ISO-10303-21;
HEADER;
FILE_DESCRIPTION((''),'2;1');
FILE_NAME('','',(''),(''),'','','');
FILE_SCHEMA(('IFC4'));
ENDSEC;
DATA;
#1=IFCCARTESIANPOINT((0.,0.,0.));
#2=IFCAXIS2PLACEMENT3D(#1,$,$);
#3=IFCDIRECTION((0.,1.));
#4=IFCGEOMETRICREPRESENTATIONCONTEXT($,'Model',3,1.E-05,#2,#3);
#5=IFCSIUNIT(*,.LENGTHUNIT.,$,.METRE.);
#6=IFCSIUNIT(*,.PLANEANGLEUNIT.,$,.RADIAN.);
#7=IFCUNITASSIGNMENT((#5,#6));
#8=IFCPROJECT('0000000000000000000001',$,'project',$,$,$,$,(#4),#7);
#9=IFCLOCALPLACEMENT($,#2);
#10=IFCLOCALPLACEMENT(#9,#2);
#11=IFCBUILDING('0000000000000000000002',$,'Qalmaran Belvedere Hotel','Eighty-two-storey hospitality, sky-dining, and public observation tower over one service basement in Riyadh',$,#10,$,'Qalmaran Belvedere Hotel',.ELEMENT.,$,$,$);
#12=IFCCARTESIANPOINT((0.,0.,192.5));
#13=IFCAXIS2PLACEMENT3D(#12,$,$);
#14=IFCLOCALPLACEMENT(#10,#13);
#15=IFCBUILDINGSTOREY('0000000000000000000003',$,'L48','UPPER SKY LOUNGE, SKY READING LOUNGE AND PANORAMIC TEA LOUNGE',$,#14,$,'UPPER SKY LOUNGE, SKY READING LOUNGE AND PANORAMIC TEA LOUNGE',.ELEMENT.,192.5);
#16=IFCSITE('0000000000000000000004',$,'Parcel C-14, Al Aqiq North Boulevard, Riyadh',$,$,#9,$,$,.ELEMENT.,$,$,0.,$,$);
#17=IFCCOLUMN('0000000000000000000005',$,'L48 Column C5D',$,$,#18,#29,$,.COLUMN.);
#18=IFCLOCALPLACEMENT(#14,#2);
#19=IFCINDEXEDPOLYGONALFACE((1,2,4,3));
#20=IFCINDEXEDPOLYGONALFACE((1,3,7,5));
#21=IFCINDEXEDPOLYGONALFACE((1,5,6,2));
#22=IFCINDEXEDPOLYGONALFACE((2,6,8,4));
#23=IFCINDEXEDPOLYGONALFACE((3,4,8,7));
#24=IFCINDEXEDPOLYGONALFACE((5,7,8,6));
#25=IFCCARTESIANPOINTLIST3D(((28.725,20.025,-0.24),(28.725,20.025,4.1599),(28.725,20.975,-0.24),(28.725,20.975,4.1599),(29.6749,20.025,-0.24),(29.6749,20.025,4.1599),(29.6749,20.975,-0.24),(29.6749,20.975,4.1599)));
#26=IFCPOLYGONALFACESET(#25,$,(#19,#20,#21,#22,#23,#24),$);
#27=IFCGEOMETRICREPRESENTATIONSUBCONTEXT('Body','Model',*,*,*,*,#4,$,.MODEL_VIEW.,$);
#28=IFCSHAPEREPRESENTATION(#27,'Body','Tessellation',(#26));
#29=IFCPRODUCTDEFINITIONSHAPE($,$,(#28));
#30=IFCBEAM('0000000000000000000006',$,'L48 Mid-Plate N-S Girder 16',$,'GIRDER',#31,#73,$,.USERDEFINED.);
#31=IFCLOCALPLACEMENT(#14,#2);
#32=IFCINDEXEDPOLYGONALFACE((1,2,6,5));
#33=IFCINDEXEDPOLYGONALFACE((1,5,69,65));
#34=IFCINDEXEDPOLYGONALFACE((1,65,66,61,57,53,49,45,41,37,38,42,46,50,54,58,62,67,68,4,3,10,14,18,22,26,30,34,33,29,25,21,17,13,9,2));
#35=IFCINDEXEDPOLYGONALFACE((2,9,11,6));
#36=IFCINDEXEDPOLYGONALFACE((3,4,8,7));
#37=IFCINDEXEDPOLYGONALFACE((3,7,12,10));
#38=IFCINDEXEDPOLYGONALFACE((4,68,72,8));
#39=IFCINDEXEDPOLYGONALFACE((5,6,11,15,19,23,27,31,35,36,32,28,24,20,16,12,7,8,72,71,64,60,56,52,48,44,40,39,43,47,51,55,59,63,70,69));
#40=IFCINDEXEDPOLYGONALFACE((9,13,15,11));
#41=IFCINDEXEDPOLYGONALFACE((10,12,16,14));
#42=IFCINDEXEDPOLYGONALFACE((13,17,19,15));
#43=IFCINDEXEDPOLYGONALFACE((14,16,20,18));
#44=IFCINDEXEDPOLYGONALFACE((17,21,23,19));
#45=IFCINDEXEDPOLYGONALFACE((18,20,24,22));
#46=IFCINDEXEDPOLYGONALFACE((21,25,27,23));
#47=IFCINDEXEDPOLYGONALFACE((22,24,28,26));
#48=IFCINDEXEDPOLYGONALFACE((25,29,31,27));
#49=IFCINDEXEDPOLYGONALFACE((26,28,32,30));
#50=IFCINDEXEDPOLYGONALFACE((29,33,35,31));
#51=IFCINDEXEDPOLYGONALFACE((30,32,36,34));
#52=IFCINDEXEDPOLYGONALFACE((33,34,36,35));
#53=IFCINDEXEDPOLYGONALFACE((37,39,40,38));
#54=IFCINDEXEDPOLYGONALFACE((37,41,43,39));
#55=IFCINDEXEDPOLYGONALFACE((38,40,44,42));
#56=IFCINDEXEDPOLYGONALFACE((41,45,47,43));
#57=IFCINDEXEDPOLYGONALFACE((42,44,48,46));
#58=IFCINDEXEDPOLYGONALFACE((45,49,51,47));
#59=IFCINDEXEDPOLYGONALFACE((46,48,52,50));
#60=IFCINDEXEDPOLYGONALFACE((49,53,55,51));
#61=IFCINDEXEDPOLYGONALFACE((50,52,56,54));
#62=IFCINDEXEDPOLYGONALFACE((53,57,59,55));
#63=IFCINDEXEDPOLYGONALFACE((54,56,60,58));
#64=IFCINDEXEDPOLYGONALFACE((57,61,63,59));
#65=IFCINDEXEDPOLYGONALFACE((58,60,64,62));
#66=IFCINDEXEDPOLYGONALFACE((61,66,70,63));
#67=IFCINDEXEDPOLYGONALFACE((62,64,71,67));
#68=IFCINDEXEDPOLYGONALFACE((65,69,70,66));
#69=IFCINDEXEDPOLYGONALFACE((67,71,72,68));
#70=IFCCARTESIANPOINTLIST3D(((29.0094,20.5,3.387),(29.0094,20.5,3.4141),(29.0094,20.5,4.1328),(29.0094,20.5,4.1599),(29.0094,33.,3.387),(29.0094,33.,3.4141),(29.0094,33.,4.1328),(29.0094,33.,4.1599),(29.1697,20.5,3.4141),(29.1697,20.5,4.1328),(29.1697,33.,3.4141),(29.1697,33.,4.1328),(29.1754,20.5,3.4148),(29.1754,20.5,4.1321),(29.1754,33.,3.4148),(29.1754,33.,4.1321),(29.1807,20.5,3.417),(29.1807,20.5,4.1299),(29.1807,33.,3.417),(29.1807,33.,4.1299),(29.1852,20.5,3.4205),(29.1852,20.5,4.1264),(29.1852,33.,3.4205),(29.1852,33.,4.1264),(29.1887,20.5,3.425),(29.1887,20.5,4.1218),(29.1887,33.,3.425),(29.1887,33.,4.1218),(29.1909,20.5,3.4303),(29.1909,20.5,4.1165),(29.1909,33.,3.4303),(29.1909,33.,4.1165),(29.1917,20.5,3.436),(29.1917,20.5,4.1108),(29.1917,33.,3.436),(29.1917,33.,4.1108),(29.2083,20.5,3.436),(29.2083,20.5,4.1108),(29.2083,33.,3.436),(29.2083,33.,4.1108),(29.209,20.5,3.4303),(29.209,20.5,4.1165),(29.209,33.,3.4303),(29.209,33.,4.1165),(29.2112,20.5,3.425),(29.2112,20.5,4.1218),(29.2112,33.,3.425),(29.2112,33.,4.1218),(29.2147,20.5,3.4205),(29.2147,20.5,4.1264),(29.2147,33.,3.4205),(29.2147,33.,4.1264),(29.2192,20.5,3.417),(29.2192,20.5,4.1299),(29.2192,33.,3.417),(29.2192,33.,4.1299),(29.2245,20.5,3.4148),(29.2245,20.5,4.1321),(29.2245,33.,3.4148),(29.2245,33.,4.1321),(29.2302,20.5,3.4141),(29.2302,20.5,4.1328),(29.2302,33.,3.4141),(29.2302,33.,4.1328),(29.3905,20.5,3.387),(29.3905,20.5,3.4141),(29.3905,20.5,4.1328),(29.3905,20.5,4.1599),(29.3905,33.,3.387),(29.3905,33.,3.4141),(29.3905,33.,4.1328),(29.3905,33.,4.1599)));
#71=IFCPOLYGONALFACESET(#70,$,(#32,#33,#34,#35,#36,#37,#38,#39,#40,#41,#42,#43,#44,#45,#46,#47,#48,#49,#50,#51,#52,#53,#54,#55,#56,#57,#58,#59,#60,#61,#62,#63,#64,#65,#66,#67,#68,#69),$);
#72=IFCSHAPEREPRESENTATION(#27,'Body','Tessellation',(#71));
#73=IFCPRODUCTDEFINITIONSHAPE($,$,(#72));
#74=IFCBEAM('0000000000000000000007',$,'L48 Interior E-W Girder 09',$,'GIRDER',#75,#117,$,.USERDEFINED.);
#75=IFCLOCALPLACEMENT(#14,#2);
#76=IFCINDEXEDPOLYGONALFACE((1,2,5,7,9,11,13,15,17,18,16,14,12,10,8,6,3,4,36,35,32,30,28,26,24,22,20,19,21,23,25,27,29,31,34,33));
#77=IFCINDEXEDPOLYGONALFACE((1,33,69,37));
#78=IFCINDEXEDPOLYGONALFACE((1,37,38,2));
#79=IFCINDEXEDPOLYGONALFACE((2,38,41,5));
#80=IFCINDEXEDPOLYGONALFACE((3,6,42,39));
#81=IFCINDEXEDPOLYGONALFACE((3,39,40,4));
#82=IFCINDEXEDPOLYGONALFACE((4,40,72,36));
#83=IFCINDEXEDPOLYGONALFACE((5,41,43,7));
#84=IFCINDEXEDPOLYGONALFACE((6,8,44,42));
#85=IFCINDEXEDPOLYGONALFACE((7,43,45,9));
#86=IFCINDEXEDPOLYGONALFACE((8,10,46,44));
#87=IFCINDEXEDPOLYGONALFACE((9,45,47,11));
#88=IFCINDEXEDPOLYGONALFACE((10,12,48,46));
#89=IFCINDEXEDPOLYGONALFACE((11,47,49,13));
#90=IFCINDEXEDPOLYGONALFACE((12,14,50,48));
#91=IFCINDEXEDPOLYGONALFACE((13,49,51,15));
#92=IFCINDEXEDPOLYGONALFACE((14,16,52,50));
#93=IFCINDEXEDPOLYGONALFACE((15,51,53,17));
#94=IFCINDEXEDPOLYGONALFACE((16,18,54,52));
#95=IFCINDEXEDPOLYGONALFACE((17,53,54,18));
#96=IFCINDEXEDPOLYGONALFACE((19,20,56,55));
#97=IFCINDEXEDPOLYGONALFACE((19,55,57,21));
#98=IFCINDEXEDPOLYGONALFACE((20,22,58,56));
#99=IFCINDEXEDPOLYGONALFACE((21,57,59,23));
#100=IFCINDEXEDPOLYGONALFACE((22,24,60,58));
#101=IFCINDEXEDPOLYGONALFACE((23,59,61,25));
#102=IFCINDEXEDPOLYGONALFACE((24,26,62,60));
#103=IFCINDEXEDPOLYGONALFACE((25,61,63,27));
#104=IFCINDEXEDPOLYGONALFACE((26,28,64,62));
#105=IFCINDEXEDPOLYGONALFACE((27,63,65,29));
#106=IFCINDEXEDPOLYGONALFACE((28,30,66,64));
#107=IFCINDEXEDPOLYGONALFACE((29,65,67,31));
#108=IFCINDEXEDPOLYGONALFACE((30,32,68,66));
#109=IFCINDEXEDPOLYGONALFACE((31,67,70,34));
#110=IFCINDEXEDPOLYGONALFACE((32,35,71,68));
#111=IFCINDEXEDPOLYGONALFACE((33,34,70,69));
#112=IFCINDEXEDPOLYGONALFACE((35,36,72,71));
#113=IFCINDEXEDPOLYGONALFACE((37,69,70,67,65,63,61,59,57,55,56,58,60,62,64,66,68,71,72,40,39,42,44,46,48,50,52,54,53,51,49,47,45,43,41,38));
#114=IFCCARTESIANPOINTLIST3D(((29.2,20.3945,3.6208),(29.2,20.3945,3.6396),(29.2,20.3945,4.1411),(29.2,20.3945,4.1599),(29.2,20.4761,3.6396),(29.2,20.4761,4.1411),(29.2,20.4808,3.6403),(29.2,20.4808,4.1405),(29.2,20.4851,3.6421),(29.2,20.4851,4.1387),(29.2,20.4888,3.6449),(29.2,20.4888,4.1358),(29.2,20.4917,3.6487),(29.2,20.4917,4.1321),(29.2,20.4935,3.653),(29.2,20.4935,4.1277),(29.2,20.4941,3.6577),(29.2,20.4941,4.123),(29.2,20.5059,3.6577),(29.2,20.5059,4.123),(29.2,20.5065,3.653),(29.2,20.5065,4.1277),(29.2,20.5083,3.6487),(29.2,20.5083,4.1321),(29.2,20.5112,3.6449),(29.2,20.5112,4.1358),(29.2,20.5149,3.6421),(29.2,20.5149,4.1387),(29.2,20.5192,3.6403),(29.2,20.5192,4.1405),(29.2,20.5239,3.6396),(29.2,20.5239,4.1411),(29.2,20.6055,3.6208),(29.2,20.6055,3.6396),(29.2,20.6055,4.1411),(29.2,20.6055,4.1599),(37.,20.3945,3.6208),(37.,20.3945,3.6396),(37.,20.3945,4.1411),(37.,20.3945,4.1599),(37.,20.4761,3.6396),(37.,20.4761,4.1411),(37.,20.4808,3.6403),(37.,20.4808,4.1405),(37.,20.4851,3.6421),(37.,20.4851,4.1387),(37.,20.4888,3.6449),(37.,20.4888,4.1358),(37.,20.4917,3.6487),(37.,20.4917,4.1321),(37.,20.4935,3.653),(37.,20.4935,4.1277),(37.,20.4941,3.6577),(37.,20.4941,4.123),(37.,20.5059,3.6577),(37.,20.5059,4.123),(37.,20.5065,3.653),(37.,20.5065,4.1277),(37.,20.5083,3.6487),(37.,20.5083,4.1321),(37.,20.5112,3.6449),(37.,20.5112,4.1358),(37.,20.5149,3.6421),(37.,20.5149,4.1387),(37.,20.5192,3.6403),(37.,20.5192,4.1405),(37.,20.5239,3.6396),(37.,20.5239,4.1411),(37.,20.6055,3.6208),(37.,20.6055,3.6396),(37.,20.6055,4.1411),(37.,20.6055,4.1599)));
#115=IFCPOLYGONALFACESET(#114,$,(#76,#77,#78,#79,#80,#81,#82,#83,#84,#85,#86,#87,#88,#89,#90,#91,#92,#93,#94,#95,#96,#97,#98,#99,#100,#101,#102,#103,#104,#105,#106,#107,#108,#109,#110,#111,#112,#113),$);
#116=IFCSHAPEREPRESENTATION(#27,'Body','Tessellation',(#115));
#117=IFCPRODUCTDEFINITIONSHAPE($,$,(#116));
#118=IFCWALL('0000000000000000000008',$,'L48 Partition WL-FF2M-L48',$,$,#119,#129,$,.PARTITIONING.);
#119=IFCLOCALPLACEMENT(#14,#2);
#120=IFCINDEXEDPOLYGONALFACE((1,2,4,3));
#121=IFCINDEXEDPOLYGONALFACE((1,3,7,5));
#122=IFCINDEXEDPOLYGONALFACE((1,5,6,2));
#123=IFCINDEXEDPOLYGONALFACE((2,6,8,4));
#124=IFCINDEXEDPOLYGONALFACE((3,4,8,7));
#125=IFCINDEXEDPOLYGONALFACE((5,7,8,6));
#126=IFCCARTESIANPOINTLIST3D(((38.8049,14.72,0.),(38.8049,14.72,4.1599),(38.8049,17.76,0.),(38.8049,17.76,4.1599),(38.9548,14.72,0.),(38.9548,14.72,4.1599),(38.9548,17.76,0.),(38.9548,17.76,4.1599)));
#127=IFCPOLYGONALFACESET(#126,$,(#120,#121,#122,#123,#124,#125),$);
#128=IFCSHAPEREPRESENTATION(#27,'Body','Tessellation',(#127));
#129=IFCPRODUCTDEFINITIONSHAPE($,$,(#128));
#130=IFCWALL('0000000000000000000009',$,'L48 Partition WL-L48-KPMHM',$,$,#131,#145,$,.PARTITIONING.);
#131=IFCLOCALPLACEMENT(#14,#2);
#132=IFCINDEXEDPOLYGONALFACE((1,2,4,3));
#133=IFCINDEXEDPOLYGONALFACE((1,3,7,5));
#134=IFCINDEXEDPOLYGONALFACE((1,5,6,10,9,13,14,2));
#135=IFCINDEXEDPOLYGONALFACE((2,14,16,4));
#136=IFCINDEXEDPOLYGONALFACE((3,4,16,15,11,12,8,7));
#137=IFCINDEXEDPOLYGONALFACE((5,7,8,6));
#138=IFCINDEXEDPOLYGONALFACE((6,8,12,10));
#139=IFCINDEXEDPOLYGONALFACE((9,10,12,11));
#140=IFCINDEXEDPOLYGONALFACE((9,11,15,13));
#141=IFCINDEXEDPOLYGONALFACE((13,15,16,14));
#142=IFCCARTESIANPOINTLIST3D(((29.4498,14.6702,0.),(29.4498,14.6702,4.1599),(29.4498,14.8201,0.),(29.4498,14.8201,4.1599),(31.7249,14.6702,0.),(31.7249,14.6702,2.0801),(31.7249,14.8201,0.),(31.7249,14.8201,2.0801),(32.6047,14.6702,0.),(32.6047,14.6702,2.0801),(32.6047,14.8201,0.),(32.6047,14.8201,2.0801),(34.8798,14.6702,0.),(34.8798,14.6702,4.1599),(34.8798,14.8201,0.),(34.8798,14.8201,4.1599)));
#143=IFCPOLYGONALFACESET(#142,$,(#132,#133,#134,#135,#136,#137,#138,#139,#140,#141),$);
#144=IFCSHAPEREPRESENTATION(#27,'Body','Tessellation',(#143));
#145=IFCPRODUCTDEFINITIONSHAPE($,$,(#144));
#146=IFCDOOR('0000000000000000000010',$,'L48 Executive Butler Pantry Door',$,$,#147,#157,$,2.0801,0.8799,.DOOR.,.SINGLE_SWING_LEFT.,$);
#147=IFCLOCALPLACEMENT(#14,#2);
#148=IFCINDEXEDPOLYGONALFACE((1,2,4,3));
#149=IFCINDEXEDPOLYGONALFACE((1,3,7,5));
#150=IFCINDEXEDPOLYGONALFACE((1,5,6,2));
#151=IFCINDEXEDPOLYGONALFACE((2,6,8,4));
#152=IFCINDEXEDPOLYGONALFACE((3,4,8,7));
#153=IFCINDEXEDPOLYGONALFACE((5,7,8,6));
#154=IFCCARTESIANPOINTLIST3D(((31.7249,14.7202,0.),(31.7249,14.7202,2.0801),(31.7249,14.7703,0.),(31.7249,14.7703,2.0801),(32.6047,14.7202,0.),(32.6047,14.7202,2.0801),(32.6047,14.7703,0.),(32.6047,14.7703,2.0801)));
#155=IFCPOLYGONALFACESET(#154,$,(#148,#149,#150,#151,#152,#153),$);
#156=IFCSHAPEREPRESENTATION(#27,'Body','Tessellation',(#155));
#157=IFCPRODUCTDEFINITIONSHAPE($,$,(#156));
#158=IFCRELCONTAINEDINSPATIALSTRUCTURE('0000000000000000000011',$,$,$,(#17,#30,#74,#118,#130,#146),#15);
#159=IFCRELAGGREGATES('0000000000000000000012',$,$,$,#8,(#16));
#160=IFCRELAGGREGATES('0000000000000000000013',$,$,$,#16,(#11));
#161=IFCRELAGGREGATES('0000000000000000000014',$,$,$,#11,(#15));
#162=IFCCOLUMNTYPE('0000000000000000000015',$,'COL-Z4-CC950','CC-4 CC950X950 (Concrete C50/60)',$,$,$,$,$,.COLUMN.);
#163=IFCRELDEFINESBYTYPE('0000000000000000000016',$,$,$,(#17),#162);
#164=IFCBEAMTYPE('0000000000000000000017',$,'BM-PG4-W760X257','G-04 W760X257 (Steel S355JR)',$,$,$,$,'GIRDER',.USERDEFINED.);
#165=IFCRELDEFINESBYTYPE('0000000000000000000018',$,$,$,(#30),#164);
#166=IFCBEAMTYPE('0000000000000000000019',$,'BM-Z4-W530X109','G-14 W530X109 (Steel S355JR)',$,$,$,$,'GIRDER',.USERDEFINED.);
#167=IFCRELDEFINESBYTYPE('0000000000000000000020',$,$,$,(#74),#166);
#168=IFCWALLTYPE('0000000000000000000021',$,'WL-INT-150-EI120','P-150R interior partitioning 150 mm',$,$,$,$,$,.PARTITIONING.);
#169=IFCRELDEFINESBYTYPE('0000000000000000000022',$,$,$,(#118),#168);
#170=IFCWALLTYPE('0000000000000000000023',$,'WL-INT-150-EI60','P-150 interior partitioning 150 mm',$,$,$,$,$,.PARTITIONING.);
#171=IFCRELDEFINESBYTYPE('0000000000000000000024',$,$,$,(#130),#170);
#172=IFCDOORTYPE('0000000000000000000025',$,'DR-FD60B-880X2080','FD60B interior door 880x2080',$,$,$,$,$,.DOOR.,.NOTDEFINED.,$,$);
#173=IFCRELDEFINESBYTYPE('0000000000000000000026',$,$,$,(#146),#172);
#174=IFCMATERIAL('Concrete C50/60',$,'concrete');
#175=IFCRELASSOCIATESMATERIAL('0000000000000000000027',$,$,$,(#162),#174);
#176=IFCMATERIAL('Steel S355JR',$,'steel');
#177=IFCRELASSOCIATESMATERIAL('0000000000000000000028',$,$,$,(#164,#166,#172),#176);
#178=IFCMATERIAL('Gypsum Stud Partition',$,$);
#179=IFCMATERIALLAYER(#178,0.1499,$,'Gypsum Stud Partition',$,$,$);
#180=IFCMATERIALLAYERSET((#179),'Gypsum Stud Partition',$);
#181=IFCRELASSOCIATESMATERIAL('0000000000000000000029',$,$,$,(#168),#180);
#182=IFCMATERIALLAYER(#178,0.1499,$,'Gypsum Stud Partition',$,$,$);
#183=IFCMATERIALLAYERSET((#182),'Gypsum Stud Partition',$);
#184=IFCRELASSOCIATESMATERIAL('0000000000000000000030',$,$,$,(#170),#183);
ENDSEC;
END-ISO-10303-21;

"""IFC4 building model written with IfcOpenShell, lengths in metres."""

from ifc_helpers import new_model, si_unit, direction, frame, frame_2d, origin, origin_2d, place, context, subcontext, project, spatial, rectangle, i_section, extrude, material, layer, layer_set, material_profile, profile_set, type_object, element, fill, save


model = new_model("IFC4")

# Units and contexts
model_context = context("Model", 3, precision=1e-05, world=origin(), true_north=direction((0.0, 1.0)))
body_context = subcontext(model_context, "Body", "Model", "MODEL_VIEW")
ifc_project = project(units=[si_unit("LENGTHUNIT", "METRE"), si_unit("PLANEANGLEUNIT", "RADIAN")], contexts=[model_context])

# Site, building, storey
site_placement = place(None, origin())
site = spatial("IfcSite", under=ifc_project, at=site_placement, Name="Parcel C-14, Al Aqiq North Boulevard, Riyadh", CompositionType="ELEMENT", RefElevation=0.0)
building_placement = place(site_placement, origin())
building = spatial("IfcBuilding", under=site, at=building_placement, Name="Qalmaran Belvedere Hotel", Description="Eighty-two-storey hospitality, sky-dining, and public observation tower over one service basement in Riyadh", LongName="Qalmaran Belvedere Hotel", CompositionType="ELEMENT")
storey_placement = place(building_placement, frame((0.0, 0.0, 192.5)))
storey = spatial("IfcBuildingStorey", under=building, at=storey_placement, Name="L48", Description="UPPER SKY LOUNGE, SKY READING LOUNGE AND PANORAMIC TEA LOUNGE", LongName="UPPER SKY LOUNGE, SKY READING LOUNGE AND PANORAMIC TEA LOUNGE", CompositionType="ELEMENT", Elevation=192.5)

# Column
ifc_material_1 = material(Name="Concrete C50/60", Category="concrete")
ifc_material_profile_1 = material_profile(ifc_material_1, rectangle(XDim=0.95, YDim=0.95, at=origin_2d()), Name="CC950X950")
ifc_profile_set_1 = profile_set([ifc_material_profile_1], Name="Concrete C50/60")
column_type = type_object("IfcColumnType", Name="COL-Z4-CC950", Description="CC-4 CC950X950 (Concrete C50/60)", PredefinedType="COLUMN", material=ifc_profile_set_1)
column_placement = place(storey_placement, frame((29.2, 20.5, -0.24), z_axis=(0.0, 0.0, 1.0), x_axis=(1.0, 0.0, 0.0)))
element("IfcColumn", 1, at=column_placement, inside=storey, type_object=column_type, Name="L48 Column C5D", PredefinedType="COLUMN", context=body_context, shape_type="SweptSolid", body=[
    extrude(rectangle(XDim=0.95, YDim=0.95, at=origin_2d()), origin(), (0.0, 0.0, 1.0), 4.3999),
])

# Beams
ifc_material_2 = material(Name="Steel S355JR", Category="steel")
ifc_material_profile_2 = material_profile(ifc_material_2, i_section(OverallWidth=0.3811, OverallDepth=0.7729, WebThickness=0.0166, FlangeThickness=0.0271, FilletRadius=0.022, at=origin_2d()), Name="W760X257")
ifc_profile_set_2 = profile_set([ifc_material_profile_2], Name="Steel S355JR")
beam_type_1 = type_object("IfcBeamType", Name="BM-PG4-W760X257", Description="G-04 W760X257 (Steel S355JR)", ElementType="GIRDER", PredefinedType="USERDEFINED", material=ifc_profile_set_2)
beam_1_placement = place(storey_placement, frame((29.2, 20.5, 3.7734), z_axis=(0.0, 1.0, 0.0), x_axis=(-1.0, 0.0, 0.0)))
element("IfcBeam", 2, at=beam_1_placement, inside=storey, type_object=beam_type_1, Name="L48 Mid-Plate N-S Girder 16", ObjectType="GIRDER", PredefinedType="USERDEFINED", context=body_context, shape_type="SweptSolid", body=[
    extrude(i_section(OverallWidth=0.3811, OverallDepth=0.7729, WebThickness=0.0166, FlangeThickness=0.0271, FilletRadius=0.022, at=origin_2d()), origin(), (0.0, 0.0, 1.0), 12.5),
])
ifc_material_profile_3 = material_profile(ifc_material_2, i_section(OverallWidth=0.2109, OverallDepth=0.5391, WebThickness=0.0117, FlangeThickness=0.0188, FilletRadius=0.0181, at=origin_2d()), Name="W530X109")
ifc_profile_set_3 = profile_set([ifc_material_profile_3], Name="Steel S355JR")
beam_type_2 = type_object("IfcBeamType", Name="BM-Z4-W530X109", Description="G-14 W530X109 (Steel S355JR)", ElementType="GIRDER", PredefinedType="USERDEFINED", material=ifc_profile_set_3)
beam_2_placement = place(storey_placement, frame((29.2, 20.5, 3.8904), z_axis=(1.0, 0.0, 0.0), x_axis=(0.0, 1.0, 0.0)))
element("IfcBeam", 3, at=beam_2_placement, inside=storey, type_object=beam_type_2, Name="L48 Interior E-W Girder 09", ObjectType="GIRDER", PredefinedType="USERDEFINED", context=body_context, shape_type="SweptSolid", body=[
    extrude(i_section(OverallWidth=0.2109, OverallDepth=0.5391, WebThickness=0.0117, FlangeThickness=0.0188, FilletRadius=0.0181, at=origin_2d()), origin(), (0.0, 0.0, 1.0), 7.8),
])

# Wall
ifc_material_3 = material(Name="Gypsum Stud Partition")
ifc_layer_1 = layer(ifc_material_3, 0.1499, Name="Gypsum Stud Partition")
ifc_layer_set_1 = layer_set([ifc_layer_1], Name="Gypsum Stud Partition")
wall_type_1 = type_object("IfcWallType", Name="WL-INT-150-EI120", Description="P-150R interior partitioning 150 mm", PredefinedType="PARTITIONING", material=ifc_layer_set_1)
wall_1_placement = place(storey_placement, frame((38.8799, 14.72, 0.0), z_axis=(0.0, 0.0, 1.0), x_axis=(0.0, 1.0, 0.0)))
element("IfcWall", 4, at=wall_1_placement, inside=storey, type_object=wall_type_1, Name="L48 Partition WL-FF2M-L48", PredefinedType="PARTITIONING", context=body_context, shape_type="SweptSolid", body=[
    extrude(rectangle(XDim=3.04, YDim=0.1499, at=frame_2d((1.52, 0.0))), origin(), (0.0, 0.0, 1.0), 4.1599),
])
ifc_layer_2 = layer(ifc_material_3, 0.1499, Name="Gypsum Stud Partition")
ifc_layer_set_2 = layer_set([ifc_layer_2], Name="Gypsum Stud Partition")
wall_type_2 = type_object("IfcWallType", Name="WL-INT-150-EI60", Description="P-150 interior partitioning 150 mm", PredefinedType="PARTITIONING", material=ifc_layer_set_2)

# Wall, opening, door
wall_2_placement = place(storey_placement, frame((29.45, 14.7451, 0.0), z_axis=(0.0, 0.0, 1.0), x_axis=(1.0, 0.0, 0.0)))
wall_2 = element("IfcWall", 5, at=wall_2_placement, inside=storey, type_object=wall_type_2, Name="L48 Partition WL-L48-KPMHM", PredefinedType="PARTITIONING", context=body_context, shape_type="SweptSolid", body=[
    extrude(rectangle(XDim=5.4299, YDim=0.1499, at=frame_2d((2.7148, 0.0))), origin(), (0.0, 0.0, 1.0), 4.1599),
])
opening_1_placement = place(wall_2_placement, frame((3.1548, 0.0, 0.0), z_axis=(0.0, 0.0, 1.0), x_axis=(-1.0, 0.0, 0.0)))
opening_1 = element("IfcOpeningElement", 6, at=opening_1_placement, cuts=wall_2, PredefinedType="OPENING", context=body_context, shape_type="SweptSolid", body=[
    extrude(rectangle(XDim=0.8799, YDim=2.0801, at=frame_2d((0.4399, 1.04))), frame((0.0, 0.085, 0.0), z_axis=(0.0, -1.0, 0.0), x_axis=(1.0, 0.0, 0.0)), (0.0, 0.0, 1.0), 0.1699),
])
door_type_1 = type_object("IfcDoorType", Name="DR-FD60B-880X2080", Description="FD60B interior door 880x2080", OperationType="NOTDEFINED", PredefinedType="DOOR", material=ifc_material_2)
door_1_placement = place(opening_1_placement, origin())
door_1 = element("IfcDoor", 7, at=door_1_placement, inside=storey, type_object=door_type_1, Name="L48 Executive Butler Pantry Door", OperationType="SINGLE_SWING_LEFT", OverallHeight=2.0801, OverallWidth=0.8799, PredefinedType="DOOR", context=body_context, shape_type="SweptSolid", body=[
    extrude(rectangle(XDim=0.8799, YDim=2.0801, at=frame_2d((0.4399, 1.04))), frame((0.0, 0.0249, 0.0), z_axis=(0.0, -1.0, 0.0), x_axis=(1.0, 0.0, 0.0)), (0.0, 0.0, 1.0), 0.05),
])
fill(opening_1, door_1)

save(model, "model.ifc")
